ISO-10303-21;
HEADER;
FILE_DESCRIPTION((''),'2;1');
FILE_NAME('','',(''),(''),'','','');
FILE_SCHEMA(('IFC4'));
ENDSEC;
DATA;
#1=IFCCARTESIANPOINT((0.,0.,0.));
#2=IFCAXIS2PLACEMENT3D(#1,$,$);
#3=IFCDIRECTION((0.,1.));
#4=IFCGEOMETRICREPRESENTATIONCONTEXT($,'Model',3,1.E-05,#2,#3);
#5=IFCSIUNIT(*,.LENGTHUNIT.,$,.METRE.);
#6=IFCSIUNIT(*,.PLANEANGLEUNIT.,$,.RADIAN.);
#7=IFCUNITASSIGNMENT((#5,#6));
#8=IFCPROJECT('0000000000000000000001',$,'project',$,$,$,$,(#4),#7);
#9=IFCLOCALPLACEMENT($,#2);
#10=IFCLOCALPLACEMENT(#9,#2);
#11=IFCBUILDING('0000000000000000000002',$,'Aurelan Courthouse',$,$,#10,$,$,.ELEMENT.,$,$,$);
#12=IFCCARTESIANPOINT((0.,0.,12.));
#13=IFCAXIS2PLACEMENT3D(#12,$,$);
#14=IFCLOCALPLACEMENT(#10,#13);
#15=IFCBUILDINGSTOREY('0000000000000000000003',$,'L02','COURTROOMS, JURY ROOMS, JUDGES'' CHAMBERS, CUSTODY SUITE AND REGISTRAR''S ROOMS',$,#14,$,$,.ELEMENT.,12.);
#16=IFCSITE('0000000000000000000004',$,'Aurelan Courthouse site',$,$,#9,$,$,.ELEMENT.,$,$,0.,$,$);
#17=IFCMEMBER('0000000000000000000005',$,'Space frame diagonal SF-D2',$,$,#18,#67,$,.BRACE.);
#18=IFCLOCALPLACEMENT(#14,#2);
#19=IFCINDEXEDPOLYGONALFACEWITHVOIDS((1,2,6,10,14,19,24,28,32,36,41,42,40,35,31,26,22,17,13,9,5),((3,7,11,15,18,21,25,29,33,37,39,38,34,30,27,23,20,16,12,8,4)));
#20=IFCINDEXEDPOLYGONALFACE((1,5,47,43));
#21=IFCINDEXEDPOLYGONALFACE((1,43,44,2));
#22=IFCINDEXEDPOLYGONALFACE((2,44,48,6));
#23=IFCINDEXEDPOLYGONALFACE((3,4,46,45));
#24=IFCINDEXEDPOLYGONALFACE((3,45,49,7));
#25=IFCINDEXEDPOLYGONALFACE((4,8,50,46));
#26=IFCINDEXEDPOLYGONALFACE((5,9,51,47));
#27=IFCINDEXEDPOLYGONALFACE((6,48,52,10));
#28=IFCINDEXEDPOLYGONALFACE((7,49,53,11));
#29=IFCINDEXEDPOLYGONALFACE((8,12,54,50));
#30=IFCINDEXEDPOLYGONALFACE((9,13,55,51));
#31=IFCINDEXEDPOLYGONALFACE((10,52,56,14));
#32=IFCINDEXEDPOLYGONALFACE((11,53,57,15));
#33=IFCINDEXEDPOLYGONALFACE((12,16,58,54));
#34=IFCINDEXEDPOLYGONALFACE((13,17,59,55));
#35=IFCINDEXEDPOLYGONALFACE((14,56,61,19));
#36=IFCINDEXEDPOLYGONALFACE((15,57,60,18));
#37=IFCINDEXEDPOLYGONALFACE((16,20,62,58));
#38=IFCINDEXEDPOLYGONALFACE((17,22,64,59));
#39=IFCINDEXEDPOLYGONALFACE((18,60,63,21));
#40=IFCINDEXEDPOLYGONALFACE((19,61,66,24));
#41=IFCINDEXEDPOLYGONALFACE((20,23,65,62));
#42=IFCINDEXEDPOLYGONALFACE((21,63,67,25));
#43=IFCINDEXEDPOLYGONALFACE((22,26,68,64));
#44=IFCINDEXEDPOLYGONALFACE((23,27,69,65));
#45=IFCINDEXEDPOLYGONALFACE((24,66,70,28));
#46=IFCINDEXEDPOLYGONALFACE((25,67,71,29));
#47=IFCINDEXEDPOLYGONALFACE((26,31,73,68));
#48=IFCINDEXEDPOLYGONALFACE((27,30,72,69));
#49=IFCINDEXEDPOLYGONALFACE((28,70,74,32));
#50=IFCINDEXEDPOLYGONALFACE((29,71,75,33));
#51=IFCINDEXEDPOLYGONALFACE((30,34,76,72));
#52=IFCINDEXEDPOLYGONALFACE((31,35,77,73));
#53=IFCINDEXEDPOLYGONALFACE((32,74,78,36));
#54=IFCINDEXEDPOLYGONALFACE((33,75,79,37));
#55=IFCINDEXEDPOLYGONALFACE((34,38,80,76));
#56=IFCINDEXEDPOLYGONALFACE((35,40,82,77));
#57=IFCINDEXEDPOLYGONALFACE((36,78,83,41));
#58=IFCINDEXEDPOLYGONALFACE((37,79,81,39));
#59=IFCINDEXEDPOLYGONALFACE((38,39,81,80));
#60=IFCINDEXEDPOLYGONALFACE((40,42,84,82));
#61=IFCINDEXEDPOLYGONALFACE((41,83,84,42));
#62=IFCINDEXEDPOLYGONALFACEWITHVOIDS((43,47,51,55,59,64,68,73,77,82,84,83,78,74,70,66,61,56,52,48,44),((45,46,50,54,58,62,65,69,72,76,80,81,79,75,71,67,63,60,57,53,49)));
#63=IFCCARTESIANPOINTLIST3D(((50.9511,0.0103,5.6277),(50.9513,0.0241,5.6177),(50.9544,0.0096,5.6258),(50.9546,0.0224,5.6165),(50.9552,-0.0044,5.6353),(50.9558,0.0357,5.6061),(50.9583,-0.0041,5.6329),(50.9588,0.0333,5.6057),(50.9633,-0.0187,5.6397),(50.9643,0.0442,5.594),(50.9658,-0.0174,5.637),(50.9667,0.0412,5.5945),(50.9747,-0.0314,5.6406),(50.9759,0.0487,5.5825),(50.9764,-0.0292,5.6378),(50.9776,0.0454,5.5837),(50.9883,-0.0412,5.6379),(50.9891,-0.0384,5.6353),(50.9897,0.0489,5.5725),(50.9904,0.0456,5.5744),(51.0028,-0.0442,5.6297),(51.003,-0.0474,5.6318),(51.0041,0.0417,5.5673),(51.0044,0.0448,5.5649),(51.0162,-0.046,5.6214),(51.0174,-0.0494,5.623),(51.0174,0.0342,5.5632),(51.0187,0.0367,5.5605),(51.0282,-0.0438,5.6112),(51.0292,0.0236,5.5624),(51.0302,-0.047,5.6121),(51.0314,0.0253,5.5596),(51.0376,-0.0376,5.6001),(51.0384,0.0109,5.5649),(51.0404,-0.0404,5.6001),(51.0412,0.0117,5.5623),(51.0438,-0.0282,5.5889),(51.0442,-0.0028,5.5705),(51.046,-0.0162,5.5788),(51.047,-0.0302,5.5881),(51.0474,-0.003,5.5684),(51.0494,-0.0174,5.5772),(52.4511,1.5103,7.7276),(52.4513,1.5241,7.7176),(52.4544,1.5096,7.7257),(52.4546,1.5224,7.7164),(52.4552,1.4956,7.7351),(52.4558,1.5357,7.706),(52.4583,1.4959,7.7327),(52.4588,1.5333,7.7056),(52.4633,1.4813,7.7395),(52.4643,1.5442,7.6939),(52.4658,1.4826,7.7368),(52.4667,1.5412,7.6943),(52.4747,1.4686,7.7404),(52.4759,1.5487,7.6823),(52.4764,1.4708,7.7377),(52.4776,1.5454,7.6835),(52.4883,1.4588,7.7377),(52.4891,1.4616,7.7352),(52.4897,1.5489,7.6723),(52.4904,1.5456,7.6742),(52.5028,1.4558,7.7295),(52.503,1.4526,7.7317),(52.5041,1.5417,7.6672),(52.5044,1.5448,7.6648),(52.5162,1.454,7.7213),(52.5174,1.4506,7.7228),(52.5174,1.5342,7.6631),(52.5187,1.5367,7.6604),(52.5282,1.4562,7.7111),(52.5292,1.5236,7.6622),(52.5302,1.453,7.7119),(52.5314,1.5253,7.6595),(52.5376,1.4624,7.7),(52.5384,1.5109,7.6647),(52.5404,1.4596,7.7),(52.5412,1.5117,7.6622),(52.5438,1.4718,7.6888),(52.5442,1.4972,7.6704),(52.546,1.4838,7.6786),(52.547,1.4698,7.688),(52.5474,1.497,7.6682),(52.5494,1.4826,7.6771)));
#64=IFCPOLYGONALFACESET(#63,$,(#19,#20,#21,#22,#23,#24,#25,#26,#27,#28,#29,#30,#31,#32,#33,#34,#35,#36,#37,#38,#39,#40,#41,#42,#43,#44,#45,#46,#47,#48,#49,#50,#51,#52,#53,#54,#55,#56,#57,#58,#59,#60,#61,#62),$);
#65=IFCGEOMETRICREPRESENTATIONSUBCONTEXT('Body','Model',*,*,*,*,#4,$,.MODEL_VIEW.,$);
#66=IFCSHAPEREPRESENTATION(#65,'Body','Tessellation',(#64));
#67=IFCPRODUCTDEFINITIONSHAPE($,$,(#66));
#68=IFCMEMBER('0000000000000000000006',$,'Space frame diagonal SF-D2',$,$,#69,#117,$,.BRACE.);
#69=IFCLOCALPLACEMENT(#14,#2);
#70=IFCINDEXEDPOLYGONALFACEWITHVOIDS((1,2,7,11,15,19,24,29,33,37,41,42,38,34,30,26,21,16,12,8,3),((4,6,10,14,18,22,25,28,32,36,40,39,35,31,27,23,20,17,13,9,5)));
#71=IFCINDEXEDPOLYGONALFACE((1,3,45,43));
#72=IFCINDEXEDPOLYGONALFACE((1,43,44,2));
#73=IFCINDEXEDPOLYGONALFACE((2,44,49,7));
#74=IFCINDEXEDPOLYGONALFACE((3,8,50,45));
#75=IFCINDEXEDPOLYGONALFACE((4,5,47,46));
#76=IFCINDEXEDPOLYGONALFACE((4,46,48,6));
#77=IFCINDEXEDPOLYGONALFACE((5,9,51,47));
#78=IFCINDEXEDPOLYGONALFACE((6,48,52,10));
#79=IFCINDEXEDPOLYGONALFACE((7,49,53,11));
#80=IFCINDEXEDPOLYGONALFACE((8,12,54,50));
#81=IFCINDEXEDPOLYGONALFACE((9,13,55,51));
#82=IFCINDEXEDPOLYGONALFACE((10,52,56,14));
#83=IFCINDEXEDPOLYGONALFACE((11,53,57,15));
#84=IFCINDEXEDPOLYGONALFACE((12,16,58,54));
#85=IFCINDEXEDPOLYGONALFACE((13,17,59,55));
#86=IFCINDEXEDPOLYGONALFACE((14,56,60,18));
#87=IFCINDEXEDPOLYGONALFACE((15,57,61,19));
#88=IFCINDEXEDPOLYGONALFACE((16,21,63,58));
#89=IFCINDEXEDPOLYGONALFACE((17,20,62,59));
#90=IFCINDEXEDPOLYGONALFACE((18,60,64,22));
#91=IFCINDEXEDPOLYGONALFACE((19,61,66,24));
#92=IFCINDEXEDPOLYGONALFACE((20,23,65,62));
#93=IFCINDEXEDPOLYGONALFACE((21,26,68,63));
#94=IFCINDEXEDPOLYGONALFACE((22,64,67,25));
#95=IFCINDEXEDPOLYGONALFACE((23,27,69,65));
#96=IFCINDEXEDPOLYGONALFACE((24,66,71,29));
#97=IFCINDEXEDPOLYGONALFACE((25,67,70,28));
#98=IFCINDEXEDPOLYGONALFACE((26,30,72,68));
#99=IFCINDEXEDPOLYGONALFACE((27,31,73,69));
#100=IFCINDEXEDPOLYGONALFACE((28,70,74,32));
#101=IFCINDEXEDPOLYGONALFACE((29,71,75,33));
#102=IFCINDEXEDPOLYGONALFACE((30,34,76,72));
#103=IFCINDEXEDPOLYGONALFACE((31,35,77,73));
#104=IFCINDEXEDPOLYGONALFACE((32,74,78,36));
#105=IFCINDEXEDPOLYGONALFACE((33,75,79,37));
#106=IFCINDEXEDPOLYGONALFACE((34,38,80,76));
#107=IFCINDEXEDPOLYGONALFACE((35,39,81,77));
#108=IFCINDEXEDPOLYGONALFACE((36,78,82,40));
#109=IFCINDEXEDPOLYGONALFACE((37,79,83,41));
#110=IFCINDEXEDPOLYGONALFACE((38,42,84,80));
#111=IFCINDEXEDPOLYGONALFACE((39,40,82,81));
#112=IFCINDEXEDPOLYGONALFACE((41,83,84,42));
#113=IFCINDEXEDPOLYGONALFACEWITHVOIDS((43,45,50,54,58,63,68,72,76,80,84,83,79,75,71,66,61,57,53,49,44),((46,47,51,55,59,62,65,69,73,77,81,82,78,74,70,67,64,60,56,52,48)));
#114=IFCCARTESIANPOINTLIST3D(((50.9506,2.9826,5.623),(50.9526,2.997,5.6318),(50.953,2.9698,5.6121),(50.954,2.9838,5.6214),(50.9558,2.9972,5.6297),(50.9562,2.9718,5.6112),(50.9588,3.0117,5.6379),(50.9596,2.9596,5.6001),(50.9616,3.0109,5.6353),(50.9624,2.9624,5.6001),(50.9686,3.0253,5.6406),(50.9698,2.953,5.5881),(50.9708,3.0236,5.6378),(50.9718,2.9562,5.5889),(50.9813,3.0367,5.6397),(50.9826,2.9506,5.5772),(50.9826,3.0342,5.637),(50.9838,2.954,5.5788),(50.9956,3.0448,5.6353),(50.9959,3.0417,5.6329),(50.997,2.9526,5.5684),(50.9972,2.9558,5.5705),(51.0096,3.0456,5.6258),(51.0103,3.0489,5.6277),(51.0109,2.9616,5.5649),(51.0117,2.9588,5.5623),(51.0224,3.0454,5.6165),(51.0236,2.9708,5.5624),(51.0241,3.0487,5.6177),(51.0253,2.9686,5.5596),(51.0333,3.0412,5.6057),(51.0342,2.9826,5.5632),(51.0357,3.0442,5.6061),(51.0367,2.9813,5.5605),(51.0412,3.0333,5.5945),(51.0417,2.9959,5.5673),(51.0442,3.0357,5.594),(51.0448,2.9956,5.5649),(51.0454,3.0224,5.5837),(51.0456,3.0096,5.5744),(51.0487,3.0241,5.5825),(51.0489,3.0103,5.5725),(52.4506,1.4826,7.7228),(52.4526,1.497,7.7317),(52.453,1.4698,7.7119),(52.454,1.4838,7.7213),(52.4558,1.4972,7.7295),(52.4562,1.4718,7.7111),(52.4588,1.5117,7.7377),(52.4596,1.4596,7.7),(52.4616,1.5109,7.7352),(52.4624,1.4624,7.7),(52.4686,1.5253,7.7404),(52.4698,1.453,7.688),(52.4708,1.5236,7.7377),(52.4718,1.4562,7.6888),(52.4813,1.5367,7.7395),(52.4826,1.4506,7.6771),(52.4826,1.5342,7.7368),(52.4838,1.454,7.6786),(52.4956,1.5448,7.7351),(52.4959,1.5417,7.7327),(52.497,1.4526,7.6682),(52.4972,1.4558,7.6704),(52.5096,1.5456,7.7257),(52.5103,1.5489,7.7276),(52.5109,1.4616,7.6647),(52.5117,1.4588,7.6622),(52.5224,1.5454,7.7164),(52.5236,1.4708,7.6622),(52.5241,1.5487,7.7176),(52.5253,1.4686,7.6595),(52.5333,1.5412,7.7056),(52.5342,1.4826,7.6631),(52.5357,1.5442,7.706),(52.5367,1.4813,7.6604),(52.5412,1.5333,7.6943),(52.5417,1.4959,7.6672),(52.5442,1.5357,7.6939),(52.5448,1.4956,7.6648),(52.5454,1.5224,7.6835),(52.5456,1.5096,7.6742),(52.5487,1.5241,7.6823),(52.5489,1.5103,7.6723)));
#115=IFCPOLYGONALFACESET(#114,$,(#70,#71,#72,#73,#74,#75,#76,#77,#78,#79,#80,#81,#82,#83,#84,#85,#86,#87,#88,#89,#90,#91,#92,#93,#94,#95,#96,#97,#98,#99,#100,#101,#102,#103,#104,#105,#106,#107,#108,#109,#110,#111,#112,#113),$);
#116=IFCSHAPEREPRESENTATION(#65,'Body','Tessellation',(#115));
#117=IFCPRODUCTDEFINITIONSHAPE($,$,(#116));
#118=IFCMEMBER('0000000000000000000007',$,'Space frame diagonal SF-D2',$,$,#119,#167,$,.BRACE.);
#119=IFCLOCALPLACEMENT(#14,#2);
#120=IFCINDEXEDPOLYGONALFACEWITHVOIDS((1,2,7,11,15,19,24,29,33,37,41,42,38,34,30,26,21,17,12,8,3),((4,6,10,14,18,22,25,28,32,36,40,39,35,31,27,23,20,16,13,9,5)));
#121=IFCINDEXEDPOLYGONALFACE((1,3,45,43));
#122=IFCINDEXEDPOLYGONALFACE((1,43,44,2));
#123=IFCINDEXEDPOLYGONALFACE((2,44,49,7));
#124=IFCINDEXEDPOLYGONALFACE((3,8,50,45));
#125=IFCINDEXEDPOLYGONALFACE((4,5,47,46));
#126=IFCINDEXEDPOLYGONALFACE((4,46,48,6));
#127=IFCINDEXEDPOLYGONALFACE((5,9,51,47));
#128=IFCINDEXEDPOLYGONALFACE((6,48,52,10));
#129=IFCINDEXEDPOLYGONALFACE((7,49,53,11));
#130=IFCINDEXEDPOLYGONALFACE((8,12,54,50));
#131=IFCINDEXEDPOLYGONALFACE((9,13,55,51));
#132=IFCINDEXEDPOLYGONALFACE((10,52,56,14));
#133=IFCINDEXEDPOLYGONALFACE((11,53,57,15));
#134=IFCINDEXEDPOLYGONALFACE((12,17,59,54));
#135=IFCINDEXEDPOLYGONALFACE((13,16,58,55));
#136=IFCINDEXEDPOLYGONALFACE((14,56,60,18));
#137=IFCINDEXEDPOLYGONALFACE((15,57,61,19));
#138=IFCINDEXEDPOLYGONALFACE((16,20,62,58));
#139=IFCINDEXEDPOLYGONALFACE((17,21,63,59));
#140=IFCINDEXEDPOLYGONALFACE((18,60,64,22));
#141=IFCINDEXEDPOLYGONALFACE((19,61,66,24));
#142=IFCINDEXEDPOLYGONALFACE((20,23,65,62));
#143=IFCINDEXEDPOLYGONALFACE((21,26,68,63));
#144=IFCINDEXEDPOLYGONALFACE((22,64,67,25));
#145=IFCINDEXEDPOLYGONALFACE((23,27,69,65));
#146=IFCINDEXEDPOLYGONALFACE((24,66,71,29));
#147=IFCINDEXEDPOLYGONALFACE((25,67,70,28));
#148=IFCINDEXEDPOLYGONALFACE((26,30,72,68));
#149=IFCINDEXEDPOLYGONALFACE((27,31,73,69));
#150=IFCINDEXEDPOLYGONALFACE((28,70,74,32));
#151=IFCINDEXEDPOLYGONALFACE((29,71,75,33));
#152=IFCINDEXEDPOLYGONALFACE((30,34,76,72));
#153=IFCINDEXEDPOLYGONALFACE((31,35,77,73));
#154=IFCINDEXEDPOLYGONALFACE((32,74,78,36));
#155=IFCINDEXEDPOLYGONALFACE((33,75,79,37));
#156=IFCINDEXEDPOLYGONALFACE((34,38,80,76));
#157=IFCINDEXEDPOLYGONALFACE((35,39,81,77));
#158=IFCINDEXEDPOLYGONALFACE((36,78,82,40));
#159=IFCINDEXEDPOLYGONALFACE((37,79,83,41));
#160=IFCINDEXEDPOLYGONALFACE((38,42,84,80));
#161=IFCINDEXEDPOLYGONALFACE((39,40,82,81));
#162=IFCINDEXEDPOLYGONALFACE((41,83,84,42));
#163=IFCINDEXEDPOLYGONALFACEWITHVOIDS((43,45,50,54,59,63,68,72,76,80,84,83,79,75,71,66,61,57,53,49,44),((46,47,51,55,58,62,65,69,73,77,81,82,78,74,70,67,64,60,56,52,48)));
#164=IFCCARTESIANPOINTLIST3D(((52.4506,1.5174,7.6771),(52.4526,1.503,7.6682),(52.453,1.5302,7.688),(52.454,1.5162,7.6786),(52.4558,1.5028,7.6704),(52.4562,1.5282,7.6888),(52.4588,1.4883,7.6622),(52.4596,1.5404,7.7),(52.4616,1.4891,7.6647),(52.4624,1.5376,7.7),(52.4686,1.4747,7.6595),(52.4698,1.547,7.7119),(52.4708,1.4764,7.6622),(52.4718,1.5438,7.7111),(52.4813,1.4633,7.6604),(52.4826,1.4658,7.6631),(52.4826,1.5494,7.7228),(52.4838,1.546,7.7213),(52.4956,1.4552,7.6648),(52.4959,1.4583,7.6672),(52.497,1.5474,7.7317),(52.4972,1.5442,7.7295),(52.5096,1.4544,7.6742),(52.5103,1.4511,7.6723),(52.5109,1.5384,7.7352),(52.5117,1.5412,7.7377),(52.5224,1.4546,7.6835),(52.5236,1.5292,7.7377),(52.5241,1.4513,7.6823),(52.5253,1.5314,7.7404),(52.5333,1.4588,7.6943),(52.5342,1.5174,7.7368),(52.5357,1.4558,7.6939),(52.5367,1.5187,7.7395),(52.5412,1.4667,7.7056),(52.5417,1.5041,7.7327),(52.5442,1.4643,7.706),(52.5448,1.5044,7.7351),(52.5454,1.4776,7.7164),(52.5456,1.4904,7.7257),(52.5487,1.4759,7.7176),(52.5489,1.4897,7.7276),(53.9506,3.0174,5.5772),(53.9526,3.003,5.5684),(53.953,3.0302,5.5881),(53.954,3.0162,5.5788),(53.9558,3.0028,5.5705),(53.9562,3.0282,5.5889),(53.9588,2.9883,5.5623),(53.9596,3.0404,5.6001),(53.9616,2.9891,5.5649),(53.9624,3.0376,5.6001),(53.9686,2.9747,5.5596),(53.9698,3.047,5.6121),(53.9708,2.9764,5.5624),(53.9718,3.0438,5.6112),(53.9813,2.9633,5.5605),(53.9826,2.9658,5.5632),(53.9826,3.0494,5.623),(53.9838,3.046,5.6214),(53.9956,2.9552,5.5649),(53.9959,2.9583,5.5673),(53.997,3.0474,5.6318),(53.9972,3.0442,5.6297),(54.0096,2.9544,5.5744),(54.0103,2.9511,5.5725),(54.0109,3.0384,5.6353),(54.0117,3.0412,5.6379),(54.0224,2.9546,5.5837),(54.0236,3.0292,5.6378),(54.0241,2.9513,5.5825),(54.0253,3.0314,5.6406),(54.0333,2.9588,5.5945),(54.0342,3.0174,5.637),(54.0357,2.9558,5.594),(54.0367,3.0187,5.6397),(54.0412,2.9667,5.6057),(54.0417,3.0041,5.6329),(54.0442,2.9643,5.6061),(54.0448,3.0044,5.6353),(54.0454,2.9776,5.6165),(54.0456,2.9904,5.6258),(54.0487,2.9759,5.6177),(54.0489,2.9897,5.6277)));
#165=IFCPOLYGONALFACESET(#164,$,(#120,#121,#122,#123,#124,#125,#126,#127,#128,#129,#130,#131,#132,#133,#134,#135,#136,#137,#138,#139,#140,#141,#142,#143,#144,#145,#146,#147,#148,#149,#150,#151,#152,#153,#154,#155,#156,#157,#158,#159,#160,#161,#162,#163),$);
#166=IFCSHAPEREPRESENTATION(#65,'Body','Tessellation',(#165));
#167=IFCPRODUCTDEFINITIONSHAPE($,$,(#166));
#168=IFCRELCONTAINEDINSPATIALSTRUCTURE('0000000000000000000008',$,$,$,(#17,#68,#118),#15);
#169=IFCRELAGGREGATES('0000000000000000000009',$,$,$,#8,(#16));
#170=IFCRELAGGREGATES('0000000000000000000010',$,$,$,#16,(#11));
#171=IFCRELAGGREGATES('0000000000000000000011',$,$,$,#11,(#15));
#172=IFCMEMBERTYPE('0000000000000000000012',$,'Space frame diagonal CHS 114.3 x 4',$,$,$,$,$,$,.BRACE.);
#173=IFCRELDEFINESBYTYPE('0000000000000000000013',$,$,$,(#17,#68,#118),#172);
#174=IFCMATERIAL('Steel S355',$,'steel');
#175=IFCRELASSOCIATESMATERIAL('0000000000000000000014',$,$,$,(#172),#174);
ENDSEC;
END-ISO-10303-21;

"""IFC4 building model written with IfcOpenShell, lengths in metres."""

from ifc_helpers import new_model, si_unit, direction, frame, origin, origin_2d, place, context, subcontext, project, spatial, hollow_circle, extrude, material, material_profile, profile_set, type_object, element, save


model = new_model("IFC4")

# Units and contexts
model_context = context("Model", 3, precision=1e-05, world=origin(), true_north=direction((0.0, 1.0)))
body_context = subcontext(model_context, "Body", "Model", "MODEL_VIEW")
ifc_project = project(units=[si_unit("LENGTHUNIT", "METRE"), si_unit("PLANEANGLEUNIT", "RADIAN")], contexts=[model_context])

# Site, building, storey
site_placement = place(None, origin())
site = spatial("IfcSite", under=ifc_project, at=site_placement, Name="Aurelan Courthouse site", CompositionType="ELEMENT", RefElevation=0.0)
building_placement = place(site_placement, origin())
building = spatial("IfcBuilding", under=site, at=building_placement, Name="Aurelan Courthouse", CompositionType="ELEMENT")
storey_placement = place(building_placement, frame((0.0, 0.0, 12.0)))
storey = spatial("IfcBuildingStorey", under=building, at=storey_placement, Name="L02", Description="COURTROOMS, JURY ROOMS, JUDGES' CHAMBERS, CUSTODY SUITE AND REGISTRAR'S ROOMS", CompositionType="ELEMENT", Elevation=12.0)

# Members
ifc_material_1 = material(Name="Steel S355", Category="steel")
ifc_material_profile_1 = material_profile(ifc_material_1, hollow_circle(Radius=0.0571, WallThickness=0.0039, at=origin_2d()), Name="CHS 114.3 x 4")
ifc_profile_set_1 = profile_set([ifc_material_profile_1], Name="Steel S355")
member_type_1 = type_object("IfcMemberType", Name="Space frame diagonal CHS 114.3 x 4", PredefinedType="BRACE", material=ifc_profile_set_1)
for number, where, z_axis, x_axis, name in (
    (1, (52.5, 1.5, 7.7), (-0.502536, -0.502536, -0.703502), (0.707107, -0.707107, 0.0), "Space frame diagonal SF-D2"),
    (2, (52.5, 1.5, 7.7), (-0.502536, 0.502536, -0.703502), (-0.707107, -0.707107, 0.0), "Space frame diagonal SF-D2"),
    (3, (52.5, 1.5, 7.7), (0.502536, 0.502536, -0.703502), (-0.707107, 0.707107, 0.0), "Space frame diagonal SF-D2"),
):
    element("IfcMember", number, at=place(storey_placement, frame(where, z_axis=z_axis, x_axis=x_axis)), inside=storey, type_object=member_type_1, Name=name, PredefinedType="BRACE", context=body_context, shape_type="SweptSolid", body=[
        extrude(hollow_circle(Radius=0.0571, WallThickness=0.0039, at=origin_2d()), origin(), (0.0, 0.0, 1.0), 2.9849),
    ])

save(model, "model.ifc")
